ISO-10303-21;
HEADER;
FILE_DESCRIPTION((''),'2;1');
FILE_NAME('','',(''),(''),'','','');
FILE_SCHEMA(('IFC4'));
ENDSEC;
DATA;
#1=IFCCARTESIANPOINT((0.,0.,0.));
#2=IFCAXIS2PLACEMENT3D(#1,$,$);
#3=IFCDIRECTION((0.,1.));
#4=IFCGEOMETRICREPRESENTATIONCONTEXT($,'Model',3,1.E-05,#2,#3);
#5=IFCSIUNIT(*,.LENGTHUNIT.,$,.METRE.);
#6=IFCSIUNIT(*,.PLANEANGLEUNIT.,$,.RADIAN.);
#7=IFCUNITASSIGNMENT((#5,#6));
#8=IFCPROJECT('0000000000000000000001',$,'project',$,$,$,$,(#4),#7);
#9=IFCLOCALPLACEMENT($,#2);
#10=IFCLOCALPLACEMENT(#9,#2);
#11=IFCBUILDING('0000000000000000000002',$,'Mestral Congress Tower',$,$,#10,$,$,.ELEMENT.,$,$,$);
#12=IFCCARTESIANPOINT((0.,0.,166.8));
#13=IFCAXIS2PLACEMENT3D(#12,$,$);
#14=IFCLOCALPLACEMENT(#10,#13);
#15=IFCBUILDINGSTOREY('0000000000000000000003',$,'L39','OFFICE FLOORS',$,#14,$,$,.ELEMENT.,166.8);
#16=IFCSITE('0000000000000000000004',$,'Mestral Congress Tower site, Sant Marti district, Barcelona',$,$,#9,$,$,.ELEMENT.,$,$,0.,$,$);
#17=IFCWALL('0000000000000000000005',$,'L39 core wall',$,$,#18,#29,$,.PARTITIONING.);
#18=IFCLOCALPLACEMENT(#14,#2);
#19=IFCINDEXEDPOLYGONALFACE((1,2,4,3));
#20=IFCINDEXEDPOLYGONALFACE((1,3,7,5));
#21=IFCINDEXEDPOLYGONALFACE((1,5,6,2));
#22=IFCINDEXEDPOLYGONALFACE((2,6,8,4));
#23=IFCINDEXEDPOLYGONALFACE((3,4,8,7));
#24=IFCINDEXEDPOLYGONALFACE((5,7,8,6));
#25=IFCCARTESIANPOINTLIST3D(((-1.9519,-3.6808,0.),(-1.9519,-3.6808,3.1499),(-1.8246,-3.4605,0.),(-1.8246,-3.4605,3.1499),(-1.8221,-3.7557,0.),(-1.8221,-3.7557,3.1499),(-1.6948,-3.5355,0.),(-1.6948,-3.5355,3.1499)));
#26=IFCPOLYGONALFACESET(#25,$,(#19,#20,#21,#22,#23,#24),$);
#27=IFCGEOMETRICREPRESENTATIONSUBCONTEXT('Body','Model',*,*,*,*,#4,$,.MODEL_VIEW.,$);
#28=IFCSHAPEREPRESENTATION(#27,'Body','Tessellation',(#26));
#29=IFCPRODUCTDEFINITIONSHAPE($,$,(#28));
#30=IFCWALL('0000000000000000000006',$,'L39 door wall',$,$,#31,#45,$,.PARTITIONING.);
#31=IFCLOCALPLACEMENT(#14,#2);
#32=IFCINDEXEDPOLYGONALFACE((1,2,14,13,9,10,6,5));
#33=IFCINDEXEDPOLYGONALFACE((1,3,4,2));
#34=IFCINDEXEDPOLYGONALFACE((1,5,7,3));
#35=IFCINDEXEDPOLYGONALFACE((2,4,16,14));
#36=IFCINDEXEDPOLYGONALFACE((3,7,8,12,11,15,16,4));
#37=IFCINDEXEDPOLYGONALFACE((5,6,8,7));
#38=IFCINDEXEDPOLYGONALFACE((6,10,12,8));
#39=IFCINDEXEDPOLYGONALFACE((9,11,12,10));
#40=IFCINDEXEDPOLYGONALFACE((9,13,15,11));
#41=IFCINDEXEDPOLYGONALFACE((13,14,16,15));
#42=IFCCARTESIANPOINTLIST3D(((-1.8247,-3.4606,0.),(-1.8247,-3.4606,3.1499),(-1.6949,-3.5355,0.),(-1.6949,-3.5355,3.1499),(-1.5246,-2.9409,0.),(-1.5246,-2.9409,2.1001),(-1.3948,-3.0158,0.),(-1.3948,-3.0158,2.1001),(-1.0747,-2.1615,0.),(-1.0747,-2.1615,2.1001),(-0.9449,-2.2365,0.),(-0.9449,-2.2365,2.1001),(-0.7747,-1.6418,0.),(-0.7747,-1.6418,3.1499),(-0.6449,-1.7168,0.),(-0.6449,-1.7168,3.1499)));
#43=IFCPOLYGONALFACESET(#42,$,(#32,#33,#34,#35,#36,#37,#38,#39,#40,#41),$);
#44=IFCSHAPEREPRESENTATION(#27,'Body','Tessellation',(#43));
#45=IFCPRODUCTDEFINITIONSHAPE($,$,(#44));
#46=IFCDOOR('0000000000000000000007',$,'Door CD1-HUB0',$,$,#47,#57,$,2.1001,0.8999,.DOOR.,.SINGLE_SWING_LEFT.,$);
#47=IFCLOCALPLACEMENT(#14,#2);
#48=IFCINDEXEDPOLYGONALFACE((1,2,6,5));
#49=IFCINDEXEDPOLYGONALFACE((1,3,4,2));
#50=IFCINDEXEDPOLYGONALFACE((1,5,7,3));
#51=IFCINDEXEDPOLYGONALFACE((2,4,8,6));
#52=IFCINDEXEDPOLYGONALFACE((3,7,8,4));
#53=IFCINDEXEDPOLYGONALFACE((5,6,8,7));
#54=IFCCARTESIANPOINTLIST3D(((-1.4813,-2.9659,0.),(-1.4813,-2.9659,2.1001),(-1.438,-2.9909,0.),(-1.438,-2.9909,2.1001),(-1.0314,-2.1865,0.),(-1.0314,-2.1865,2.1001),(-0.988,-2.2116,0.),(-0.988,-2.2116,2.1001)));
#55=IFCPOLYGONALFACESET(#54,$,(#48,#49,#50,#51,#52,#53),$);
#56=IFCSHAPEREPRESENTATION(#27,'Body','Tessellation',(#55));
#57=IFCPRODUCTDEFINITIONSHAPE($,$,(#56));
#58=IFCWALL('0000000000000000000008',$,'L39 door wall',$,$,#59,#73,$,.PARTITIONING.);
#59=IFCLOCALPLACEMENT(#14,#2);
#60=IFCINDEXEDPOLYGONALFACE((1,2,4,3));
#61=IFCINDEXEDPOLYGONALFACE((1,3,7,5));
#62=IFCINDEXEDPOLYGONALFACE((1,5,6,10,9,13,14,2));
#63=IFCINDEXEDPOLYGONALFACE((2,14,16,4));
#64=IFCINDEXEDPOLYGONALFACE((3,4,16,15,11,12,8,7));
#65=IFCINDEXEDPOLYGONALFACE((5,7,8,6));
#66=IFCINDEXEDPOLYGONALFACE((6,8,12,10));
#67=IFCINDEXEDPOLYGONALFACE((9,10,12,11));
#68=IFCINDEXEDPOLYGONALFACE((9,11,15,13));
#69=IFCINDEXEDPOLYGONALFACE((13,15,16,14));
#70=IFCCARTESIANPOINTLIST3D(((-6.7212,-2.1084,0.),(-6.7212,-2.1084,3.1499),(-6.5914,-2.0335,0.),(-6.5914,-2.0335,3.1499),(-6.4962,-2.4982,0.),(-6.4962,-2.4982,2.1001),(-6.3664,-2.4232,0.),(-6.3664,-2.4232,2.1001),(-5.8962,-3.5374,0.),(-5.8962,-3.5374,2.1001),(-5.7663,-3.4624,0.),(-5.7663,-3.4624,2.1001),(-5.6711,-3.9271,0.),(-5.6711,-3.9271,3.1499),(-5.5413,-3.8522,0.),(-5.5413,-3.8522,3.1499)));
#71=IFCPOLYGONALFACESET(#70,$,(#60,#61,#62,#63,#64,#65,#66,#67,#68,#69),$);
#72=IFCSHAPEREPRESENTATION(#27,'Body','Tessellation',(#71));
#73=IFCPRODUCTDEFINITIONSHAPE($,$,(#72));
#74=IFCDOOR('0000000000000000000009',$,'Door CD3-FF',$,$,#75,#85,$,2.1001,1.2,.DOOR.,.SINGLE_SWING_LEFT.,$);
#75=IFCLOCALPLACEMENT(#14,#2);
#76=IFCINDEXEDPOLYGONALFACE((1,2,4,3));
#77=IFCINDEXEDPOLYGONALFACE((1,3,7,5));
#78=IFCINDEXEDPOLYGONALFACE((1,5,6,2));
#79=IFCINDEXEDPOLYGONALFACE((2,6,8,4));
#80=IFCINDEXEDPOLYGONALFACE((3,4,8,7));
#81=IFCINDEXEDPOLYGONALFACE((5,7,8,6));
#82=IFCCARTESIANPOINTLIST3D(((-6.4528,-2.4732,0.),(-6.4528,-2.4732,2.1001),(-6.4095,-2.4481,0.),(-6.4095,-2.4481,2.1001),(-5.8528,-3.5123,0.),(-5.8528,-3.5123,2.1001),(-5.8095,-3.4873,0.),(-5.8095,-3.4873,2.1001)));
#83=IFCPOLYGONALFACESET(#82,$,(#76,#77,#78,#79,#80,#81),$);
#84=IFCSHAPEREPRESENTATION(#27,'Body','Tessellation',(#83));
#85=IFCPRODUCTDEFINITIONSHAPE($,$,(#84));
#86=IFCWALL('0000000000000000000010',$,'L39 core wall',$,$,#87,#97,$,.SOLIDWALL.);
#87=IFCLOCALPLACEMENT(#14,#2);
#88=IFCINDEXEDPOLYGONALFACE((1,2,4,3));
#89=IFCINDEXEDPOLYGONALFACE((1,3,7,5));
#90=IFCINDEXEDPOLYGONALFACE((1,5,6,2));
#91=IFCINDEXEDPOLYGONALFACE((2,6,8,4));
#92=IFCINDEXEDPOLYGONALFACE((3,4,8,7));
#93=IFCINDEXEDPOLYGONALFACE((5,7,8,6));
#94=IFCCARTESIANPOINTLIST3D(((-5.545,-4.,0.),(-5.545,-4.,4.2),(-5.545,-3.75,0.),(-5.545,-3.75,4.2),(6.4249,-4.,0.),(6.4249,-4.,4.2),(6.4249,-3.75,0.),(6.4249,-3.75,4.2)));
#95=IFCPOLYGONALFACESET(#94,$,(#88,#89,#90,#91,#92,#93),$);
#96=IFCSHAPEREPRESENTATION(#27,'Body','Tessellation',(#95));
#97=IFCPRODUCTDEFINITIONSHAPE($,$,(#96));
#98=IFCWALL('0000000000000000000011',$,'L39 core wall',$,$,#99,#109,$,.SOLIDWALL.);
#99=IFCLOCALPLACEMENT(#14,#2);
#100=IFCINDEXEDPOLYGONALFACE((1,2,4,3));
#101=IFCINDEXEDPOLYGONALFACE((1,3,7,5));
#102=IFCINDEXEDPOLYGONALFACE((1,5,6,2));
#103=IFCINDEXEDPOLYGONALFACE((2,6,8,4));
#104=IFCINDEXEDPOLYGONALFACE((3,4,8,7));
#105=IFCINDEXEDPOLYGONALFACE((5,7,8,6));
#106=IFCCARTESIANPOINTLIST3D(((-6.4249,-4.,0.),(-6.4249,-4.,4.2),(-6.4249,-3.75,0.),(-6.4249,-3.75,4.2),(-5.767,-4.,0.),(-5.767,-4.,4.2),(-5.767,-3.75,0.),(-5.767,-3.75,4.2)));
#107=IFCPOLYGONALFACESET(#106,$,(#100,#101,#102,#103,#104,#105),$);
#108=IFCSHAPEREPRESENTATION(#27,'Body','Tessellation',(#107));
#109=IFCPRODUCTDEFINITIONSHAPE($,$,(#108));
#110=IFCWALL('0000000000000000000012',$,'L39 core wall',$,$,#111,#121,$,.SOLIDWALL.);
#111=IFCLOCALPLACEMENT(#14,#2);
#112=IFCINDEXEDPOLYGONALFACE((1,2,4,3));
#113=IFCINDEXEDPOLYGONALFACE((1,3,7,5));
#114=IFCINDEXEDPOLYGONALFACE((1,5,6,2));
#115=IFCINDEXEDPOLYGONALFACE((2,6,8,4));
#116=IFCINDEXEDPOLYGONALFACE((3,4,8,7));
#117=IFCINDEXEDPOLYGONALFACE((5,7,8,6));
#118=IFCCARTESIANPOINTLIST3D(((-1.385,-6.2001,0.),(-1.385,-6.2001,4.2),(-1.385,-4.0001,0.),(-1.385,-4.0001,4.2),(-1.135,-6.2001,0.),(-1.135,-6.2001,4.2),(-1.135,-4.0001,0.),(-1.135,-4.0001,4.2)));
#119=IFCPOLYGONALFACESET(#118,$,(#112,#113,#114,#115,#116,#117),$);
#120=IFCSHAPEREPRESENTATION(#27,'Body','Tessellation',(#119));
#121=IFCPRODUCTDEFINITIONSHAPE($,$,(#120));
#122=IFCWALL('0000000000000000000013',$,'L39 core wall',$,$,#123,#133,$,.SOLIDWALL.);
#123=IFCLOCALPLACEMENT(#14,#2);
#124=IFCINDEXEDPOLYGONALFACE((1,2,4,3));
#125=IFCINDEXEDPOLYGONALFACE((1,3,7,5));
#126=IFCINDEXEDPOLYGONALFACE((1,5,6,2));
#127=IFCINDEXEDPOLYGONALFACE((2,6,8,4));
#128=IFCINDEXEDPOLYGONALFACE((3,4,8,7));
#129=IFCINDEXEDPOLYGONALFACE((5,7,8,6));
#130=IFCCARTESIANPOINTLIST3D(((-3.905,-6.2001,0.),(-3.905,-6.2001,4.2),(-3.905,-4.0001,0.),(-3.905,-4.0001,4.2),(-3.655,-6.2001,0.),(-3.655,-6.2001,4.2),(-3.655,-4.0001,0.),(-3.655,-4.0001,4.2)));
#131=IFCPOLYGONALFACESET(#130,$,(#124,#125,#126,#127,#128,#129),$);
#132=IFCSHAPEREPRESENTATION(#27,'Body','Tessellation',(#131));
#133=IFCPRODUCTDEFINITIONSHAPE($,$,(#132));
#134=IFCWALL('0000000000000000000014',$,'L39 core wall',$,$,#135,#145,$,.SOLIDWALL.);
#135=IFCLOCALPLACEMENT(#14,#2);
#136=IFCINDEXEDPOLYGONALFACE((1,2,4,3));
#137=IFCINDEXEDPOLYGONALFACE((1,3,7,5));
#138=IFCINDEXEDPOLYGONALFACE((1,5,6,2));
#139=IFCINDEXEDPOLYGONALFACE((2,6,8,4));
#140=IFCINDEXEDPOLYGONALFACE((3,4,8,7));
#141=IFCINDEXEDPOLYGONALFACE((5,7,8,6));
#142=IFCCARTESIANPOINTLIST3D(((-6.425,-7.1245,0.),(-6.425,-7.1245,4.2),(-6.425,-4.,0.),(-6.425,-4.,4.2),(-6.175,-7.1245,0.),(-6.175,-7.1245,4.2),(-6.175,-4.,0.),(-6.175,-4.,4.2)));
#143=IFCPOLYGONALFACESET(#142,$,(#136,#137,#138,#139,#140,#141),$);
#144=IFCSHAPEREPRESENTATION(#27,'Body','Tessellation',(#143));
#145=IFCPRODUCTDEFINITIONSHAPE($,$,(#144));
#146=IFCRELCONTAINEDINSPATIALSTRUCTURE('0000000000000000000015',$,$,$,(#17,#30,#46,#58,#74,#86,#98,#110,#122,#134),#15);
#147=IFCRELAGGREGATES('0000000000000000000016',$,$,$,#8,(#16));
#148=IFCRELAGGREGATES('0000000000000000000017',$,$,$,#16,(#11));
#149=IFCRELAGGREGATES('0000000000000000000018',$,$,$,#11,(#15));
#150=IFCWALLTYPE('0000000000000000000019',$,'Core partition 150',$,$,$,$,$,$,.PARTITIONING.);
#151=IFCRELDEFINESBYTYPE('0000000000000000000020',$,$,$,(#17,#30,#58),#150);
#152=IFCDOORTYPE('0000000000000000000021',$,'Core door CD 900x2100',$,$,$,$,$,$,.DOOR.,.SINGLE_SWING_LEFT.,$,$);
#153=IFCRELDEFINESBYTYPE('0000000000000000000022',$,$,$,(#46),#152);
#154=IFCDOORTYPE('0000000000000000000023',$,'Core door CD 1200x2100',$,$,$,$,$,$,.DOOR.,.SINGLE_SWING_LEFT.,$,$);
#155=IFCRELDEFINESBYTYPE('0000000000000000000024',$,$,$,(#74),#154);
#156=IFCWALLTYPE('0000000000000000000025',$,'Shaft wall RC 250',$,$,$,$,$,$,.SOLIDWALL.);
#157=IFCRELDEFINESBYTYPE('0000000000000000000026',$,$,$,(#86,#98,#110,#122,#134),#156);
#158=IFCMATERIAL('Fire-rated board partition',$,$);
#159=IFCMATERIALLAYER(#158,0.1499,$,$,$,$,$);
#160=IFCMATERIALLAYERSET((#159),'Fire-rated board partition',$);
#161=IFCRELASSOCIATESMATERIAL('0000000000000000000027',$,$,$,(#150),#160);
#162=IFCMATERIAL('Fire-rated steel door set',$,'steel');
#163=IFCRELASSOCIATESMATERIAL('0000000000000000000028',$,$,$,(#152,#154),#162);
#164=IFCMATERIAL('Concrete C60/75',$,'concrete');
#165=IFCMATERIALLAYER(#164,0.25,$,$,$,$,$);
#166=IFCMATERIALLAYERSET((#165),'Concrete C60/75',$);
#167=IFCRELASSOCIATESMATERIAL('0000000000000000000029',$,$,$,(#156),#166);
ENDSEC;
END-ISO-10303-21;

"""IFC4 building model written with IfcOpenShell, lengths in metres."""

from ifc_helpers import new_model, si_unit, direction, frame, frame_2d, origin, place, context, subcontext, project, spatial, rectangle, extrude, material, layer, layer_set, type_object, element, fill, save


model = new_model("IFC4")

# Units and contexts
model_context = context("Model", 3, precision=1e-05, world=origin(), true_north=direction((0.0, 1.0)))
body_context = subcontext(model_context, "Body", "Model", "MODEL_VIEW")
ifc_project = project(units=[si_unit("LENGTHUNIT", "METRE"), si_unit("PLANEANGLEUNIT", "RADIAN")], contexts=[model_context])

# Site, building, storey
site_placement = place(None, origin())
site = spatial("IfcSite", under=ifc_project, at=site_placement, Name="Mestral Congress Tower site, Sant Marti district, Barcelona", CompositionType="ELEMENT", RefElevation=0.0)
building_placement = place(site_placement, origin())
building = spatial("IfcBuilding", under=site, at=building_placement, Name="Mestral Congress Tower", CompositionType="ELEMENT")
storey_placement = place(building_placement, frame((0.0, 0.0, 166.8)))
storey = spatial("IfcBuildingStorey", under=building, at=storey_placement, Name="L39", Description="OFFICE FLOORS", CompositionType="ELEMENT", Elevation=166.8)

# Wall
ifc_material_1 = material(Name="Fire-rated board partition")
ifc_layer_1 = layer(ifc_material_1, 0.1499)
ifc_layer_set_1 = layer_set([ifc_layer_1], Name="Fire-rated board partition")
wall_type_1 = type_object("IfcWallType", Name="Core partition 150", PredefinedType="PARTITIONING", material=ifc_layer_set_1)
wall_1_placement = place(storey_placement, frame((-1.887, -3.7183, 0.0), z_axis=(0.0, 0.0, 1.0), x_axis=(0.500166, 0.86593, 0.0)))
element("IfcWall", 1, at=wall_1_placement, inside=storey, type_object=wall_type_1, Name="L39 core wall", PredefinedType="PARTITIONING", context=body_context, shape_type="SweptSolid", body=[
    extrude(rectangle(XDim=0.2544, YDim=0.1499, at=frame_2d((0.1272, 0.0))), origin(), (0.0, 0.0, 1.0), 3.1499),
])

# Walls, openings, doors
wall_2_placement = place(storey_placement, frame((-1.7598, -3.498, 0.0), z_axis=(0.0, 0.0, 1.0), x_axis=(0.499977, 0.866038, 0.0)))
wall_2 = element("IfcWall", 2, at=wall_2_placement, inside=storey, type_object=wall_type_1, Name="L39 door wall", PredefinedType="PARTITIONING", context=body_context, shape_type="SweptSolid", body=[
    extrude(rectangle(XDim=2.1001, YDim=0.1499, at=frame_2d((1.05, 0.0))), origin(), (0.0, 0.0, 1.0), 3.1499),
])
opening_1_placement = place(wall_2_placement, frame((0.6001, 0.0, 0.0)))
opening_1 = element("IfcOpeningElement", 3, at=opening_1_placement, cuts=wall_2, PredefinedType="OPENING", context=body_context, shape_type="SweptSolid", body=[
    extrude(rectangle(XDim=0.8999, YDim=2.1001, at=frame_2d((0.45, 1.05))), frame((0.0, 0.085, 0.0), z_axis=(0.0, -1.0, 0.0), x_axis=(1.0, 0.0, 0.0)), (0.0, 0.0, 1.0), 0.1699),
])
ifc_material_2 = material(Name="Fire-rated steel door set", Category="steel")
door_type_1 = type_object("IfcDoorType", Name="Core door CD 900x2100", OperationType="SINGLE_SWING_LEFT", PredefinedType="DOOR", material=ifc_material_2)
door_1_placement = place(opening_1_placement, origin())
door_1 = element("IfcDoor", 4, at=door_1_placement, inside=storey, type_object=door_type_1, Name="Door CD1-HUB0", OperationType="SINGLE_SWING_LEFT", OverallHeight=2.1001, OverallWidth=0.8999, PredefinedType="DOOR", context=body_context, shape_type="SweptSolid", body=[
    extrude(rectangle(XDim=0.8999, YDim=2.1001, at=frame_2d((0.45, 1.05))), frame((0.0, 0.0249, 0.0), z_axis=(0.0, -1.0, 0.0), x_axis=(1.0, 0.0, 0.0)), (0.0, 0.0, 1.0), 0.05),
])
fill(opening_1, door_1)
wall_3_placement = place(storey_placement, frame((-5.6062, -3.8896, 0.0), z_axis=(0.0, 0.0, 1.0), x_axis=(-0.500028, 0.866009, 0.0)))
wall_3 = element("IfcWall", 5, at=wall_3_placement, inside=storey, type_object=wall_type_1, Name="L39 door wall", PredefinedType="PARTITIONING", context=body_context, shape_type="SweptSolid", body=[
    extrude(rectangle(XDim=2.1001, YDim=0.1499, at=frame_2d((1.05, 0.0))), origin(), (0.0, 0.0, 1.0), 3.1499),
])
opening_2_placement = place(wall_3_placement, frame((0.45, 0.0, 0.0)))
opening_2 = element("IfcOpeningElement", 6, at=opening_2_placement, cuts=wall_3, PredefinedType="OPENING", context=body_context, shape_type="SweptSolid", body=[
    extrude(rectangle(XDim=1.2, YDim=2.1001, at=frame_2d((0.6001, 1.05))), frame((0.0, 0.085, 0.0), z_axis=(0.0, -1.0, 0.0), x_axis=(1.0, 0.0, 0.0)), (0.0, 0.0, 1.0), 0.1699),
])
door_type_2 = type_object("IfcDoorType", Name="Core door CD 1200x2100", OperationType="SINGLE_SWING_LEFT", PredefinedType="DOOR", material=ifc_material_2)
door_2_placement = place(opening_2_placement, origin())
door_2 = element("IfcDoor", 7, at=door_2_placement, inside=storey, type_object=door_type_2, Name="Door CD3-FF", OperationType="SINGLE_SWING_LEFT", OverallHeight=2.1001, OverallWidth=1.2, PredefinedType="DOOR", context=body_context, shape_type="SweptSolid", body=[
    extrude(rectangle(XDim=1.2, YDim=2.1001, at=frame_2d((0.6001, 1.05))), frame((0.0, 0.0249, 0.0), z_axis=(0.0, -1.0, 0.0), x_axis=(1.0, 0.0, 0.0)), (0.0, 0.0, 1.0), 0.05),
])
fill(opening_2, door_2)

# Walls
ifc_material_3 = material(Name="Concrete C60/75", Category="concrete")
ifc_layer_2 = layer(ifc_material_3, 0.25)
ifc_layer_set_2 = layer_set([ifc_layer_2], Name="Concrete C60/75")
wall_type_2 = type_object("IfcWallType", Name="Shaft wall RC 250", PredefinedType="SOLIDWALL", material=ifc_layer_set_2)
wall_4_placement = place(storey_placement, frame((-5.5449, -3.875, 0.0), z_axis=(0.0, 0.0, 1.0), x_axis=(1.0, 0.0, 0.0)))
element("IfcWall", 8, at=wall_4_placement, inside=storey, type_object=wall_type_2, Name="L39 core wall", PredefinedType="SOLIDWALL", context=body_context, shape_type="SweptSolid", body=[
    extrude(rectangle(XDim=11.97, YDim=0.25, at=frame_2d((5.9849, 0.0))), origin(), (0.0, 0.0, 1.0), 4.2),
])
wall_5_placement = place(storey_placement, frame((-6.425, -3.875, 0.0), z_axis=(0.0, 0.0, 1.0), x_axis=(1.0, 0.0, 0.0)))
element("IfcWall", 9, at=wall_5_placement, inside=storey, type_object=wall_type_2, Name="L39 core wall", PredefinedType="SOLIDWALL", context=body_context, shape_type="SweptSolid", body=[
    extrude(rectangle(XDim=0.658, YDim=0.25, at=frame_2d((0.3291, 0.0))), origin(), (0.0, 0.0, 1.0), 4.2),
])
for number, where, z_axis, x_axis, name in (
    (10, (-1.26, -4.0, 0.0), (0.0, 0.0, 1.0), (0.0, -1.0, 0.0), "L39 core wall"),
    (11, (-3.78, -4.0, 0.0), (0.0, 0.0, 1.0), (0.0, -1.0, 0.0), "L39 core wall"),
):
    element("IfcWall", number, at=place(storey_placement, frame(where, z_axis=z_axis, x_axis=x_axis)), inside=storey, type_object=wall_type_2, Name=name, PredefinedType="SOLIDWALL", context=body_context, shape_type="SweptSolid", body=[
        extrude(rectangle(XDim=2.2, YDim=0.25, at=frame_2d((1.1001, 0.0))), origin(), (0.0, 0.0, 1.0), 4.2),
    ])
wall_6_placement = place(storey_placement, frame((-6.3, -7.1245, 0.0), z_axis=(0.0, 0.0, 1.0), x_axis=(0.0, 1.0, 0.0)))
element("IfcWall", 12, at=wall_6_placement, inside=storey, type_object=wall_type_2, Name="L39 core wall", PredefinedType="SOLIDWALL", context=body_context, shape_type="SweptSolid", body=[
    extrude(rectangle(XDim=3.1245, YDim=0.25, at=frame_2d((1.5623, 0.0))), origin(), (0.0, 0.0, 1.0), 4.2),
])

save(model, "model.ifc")
